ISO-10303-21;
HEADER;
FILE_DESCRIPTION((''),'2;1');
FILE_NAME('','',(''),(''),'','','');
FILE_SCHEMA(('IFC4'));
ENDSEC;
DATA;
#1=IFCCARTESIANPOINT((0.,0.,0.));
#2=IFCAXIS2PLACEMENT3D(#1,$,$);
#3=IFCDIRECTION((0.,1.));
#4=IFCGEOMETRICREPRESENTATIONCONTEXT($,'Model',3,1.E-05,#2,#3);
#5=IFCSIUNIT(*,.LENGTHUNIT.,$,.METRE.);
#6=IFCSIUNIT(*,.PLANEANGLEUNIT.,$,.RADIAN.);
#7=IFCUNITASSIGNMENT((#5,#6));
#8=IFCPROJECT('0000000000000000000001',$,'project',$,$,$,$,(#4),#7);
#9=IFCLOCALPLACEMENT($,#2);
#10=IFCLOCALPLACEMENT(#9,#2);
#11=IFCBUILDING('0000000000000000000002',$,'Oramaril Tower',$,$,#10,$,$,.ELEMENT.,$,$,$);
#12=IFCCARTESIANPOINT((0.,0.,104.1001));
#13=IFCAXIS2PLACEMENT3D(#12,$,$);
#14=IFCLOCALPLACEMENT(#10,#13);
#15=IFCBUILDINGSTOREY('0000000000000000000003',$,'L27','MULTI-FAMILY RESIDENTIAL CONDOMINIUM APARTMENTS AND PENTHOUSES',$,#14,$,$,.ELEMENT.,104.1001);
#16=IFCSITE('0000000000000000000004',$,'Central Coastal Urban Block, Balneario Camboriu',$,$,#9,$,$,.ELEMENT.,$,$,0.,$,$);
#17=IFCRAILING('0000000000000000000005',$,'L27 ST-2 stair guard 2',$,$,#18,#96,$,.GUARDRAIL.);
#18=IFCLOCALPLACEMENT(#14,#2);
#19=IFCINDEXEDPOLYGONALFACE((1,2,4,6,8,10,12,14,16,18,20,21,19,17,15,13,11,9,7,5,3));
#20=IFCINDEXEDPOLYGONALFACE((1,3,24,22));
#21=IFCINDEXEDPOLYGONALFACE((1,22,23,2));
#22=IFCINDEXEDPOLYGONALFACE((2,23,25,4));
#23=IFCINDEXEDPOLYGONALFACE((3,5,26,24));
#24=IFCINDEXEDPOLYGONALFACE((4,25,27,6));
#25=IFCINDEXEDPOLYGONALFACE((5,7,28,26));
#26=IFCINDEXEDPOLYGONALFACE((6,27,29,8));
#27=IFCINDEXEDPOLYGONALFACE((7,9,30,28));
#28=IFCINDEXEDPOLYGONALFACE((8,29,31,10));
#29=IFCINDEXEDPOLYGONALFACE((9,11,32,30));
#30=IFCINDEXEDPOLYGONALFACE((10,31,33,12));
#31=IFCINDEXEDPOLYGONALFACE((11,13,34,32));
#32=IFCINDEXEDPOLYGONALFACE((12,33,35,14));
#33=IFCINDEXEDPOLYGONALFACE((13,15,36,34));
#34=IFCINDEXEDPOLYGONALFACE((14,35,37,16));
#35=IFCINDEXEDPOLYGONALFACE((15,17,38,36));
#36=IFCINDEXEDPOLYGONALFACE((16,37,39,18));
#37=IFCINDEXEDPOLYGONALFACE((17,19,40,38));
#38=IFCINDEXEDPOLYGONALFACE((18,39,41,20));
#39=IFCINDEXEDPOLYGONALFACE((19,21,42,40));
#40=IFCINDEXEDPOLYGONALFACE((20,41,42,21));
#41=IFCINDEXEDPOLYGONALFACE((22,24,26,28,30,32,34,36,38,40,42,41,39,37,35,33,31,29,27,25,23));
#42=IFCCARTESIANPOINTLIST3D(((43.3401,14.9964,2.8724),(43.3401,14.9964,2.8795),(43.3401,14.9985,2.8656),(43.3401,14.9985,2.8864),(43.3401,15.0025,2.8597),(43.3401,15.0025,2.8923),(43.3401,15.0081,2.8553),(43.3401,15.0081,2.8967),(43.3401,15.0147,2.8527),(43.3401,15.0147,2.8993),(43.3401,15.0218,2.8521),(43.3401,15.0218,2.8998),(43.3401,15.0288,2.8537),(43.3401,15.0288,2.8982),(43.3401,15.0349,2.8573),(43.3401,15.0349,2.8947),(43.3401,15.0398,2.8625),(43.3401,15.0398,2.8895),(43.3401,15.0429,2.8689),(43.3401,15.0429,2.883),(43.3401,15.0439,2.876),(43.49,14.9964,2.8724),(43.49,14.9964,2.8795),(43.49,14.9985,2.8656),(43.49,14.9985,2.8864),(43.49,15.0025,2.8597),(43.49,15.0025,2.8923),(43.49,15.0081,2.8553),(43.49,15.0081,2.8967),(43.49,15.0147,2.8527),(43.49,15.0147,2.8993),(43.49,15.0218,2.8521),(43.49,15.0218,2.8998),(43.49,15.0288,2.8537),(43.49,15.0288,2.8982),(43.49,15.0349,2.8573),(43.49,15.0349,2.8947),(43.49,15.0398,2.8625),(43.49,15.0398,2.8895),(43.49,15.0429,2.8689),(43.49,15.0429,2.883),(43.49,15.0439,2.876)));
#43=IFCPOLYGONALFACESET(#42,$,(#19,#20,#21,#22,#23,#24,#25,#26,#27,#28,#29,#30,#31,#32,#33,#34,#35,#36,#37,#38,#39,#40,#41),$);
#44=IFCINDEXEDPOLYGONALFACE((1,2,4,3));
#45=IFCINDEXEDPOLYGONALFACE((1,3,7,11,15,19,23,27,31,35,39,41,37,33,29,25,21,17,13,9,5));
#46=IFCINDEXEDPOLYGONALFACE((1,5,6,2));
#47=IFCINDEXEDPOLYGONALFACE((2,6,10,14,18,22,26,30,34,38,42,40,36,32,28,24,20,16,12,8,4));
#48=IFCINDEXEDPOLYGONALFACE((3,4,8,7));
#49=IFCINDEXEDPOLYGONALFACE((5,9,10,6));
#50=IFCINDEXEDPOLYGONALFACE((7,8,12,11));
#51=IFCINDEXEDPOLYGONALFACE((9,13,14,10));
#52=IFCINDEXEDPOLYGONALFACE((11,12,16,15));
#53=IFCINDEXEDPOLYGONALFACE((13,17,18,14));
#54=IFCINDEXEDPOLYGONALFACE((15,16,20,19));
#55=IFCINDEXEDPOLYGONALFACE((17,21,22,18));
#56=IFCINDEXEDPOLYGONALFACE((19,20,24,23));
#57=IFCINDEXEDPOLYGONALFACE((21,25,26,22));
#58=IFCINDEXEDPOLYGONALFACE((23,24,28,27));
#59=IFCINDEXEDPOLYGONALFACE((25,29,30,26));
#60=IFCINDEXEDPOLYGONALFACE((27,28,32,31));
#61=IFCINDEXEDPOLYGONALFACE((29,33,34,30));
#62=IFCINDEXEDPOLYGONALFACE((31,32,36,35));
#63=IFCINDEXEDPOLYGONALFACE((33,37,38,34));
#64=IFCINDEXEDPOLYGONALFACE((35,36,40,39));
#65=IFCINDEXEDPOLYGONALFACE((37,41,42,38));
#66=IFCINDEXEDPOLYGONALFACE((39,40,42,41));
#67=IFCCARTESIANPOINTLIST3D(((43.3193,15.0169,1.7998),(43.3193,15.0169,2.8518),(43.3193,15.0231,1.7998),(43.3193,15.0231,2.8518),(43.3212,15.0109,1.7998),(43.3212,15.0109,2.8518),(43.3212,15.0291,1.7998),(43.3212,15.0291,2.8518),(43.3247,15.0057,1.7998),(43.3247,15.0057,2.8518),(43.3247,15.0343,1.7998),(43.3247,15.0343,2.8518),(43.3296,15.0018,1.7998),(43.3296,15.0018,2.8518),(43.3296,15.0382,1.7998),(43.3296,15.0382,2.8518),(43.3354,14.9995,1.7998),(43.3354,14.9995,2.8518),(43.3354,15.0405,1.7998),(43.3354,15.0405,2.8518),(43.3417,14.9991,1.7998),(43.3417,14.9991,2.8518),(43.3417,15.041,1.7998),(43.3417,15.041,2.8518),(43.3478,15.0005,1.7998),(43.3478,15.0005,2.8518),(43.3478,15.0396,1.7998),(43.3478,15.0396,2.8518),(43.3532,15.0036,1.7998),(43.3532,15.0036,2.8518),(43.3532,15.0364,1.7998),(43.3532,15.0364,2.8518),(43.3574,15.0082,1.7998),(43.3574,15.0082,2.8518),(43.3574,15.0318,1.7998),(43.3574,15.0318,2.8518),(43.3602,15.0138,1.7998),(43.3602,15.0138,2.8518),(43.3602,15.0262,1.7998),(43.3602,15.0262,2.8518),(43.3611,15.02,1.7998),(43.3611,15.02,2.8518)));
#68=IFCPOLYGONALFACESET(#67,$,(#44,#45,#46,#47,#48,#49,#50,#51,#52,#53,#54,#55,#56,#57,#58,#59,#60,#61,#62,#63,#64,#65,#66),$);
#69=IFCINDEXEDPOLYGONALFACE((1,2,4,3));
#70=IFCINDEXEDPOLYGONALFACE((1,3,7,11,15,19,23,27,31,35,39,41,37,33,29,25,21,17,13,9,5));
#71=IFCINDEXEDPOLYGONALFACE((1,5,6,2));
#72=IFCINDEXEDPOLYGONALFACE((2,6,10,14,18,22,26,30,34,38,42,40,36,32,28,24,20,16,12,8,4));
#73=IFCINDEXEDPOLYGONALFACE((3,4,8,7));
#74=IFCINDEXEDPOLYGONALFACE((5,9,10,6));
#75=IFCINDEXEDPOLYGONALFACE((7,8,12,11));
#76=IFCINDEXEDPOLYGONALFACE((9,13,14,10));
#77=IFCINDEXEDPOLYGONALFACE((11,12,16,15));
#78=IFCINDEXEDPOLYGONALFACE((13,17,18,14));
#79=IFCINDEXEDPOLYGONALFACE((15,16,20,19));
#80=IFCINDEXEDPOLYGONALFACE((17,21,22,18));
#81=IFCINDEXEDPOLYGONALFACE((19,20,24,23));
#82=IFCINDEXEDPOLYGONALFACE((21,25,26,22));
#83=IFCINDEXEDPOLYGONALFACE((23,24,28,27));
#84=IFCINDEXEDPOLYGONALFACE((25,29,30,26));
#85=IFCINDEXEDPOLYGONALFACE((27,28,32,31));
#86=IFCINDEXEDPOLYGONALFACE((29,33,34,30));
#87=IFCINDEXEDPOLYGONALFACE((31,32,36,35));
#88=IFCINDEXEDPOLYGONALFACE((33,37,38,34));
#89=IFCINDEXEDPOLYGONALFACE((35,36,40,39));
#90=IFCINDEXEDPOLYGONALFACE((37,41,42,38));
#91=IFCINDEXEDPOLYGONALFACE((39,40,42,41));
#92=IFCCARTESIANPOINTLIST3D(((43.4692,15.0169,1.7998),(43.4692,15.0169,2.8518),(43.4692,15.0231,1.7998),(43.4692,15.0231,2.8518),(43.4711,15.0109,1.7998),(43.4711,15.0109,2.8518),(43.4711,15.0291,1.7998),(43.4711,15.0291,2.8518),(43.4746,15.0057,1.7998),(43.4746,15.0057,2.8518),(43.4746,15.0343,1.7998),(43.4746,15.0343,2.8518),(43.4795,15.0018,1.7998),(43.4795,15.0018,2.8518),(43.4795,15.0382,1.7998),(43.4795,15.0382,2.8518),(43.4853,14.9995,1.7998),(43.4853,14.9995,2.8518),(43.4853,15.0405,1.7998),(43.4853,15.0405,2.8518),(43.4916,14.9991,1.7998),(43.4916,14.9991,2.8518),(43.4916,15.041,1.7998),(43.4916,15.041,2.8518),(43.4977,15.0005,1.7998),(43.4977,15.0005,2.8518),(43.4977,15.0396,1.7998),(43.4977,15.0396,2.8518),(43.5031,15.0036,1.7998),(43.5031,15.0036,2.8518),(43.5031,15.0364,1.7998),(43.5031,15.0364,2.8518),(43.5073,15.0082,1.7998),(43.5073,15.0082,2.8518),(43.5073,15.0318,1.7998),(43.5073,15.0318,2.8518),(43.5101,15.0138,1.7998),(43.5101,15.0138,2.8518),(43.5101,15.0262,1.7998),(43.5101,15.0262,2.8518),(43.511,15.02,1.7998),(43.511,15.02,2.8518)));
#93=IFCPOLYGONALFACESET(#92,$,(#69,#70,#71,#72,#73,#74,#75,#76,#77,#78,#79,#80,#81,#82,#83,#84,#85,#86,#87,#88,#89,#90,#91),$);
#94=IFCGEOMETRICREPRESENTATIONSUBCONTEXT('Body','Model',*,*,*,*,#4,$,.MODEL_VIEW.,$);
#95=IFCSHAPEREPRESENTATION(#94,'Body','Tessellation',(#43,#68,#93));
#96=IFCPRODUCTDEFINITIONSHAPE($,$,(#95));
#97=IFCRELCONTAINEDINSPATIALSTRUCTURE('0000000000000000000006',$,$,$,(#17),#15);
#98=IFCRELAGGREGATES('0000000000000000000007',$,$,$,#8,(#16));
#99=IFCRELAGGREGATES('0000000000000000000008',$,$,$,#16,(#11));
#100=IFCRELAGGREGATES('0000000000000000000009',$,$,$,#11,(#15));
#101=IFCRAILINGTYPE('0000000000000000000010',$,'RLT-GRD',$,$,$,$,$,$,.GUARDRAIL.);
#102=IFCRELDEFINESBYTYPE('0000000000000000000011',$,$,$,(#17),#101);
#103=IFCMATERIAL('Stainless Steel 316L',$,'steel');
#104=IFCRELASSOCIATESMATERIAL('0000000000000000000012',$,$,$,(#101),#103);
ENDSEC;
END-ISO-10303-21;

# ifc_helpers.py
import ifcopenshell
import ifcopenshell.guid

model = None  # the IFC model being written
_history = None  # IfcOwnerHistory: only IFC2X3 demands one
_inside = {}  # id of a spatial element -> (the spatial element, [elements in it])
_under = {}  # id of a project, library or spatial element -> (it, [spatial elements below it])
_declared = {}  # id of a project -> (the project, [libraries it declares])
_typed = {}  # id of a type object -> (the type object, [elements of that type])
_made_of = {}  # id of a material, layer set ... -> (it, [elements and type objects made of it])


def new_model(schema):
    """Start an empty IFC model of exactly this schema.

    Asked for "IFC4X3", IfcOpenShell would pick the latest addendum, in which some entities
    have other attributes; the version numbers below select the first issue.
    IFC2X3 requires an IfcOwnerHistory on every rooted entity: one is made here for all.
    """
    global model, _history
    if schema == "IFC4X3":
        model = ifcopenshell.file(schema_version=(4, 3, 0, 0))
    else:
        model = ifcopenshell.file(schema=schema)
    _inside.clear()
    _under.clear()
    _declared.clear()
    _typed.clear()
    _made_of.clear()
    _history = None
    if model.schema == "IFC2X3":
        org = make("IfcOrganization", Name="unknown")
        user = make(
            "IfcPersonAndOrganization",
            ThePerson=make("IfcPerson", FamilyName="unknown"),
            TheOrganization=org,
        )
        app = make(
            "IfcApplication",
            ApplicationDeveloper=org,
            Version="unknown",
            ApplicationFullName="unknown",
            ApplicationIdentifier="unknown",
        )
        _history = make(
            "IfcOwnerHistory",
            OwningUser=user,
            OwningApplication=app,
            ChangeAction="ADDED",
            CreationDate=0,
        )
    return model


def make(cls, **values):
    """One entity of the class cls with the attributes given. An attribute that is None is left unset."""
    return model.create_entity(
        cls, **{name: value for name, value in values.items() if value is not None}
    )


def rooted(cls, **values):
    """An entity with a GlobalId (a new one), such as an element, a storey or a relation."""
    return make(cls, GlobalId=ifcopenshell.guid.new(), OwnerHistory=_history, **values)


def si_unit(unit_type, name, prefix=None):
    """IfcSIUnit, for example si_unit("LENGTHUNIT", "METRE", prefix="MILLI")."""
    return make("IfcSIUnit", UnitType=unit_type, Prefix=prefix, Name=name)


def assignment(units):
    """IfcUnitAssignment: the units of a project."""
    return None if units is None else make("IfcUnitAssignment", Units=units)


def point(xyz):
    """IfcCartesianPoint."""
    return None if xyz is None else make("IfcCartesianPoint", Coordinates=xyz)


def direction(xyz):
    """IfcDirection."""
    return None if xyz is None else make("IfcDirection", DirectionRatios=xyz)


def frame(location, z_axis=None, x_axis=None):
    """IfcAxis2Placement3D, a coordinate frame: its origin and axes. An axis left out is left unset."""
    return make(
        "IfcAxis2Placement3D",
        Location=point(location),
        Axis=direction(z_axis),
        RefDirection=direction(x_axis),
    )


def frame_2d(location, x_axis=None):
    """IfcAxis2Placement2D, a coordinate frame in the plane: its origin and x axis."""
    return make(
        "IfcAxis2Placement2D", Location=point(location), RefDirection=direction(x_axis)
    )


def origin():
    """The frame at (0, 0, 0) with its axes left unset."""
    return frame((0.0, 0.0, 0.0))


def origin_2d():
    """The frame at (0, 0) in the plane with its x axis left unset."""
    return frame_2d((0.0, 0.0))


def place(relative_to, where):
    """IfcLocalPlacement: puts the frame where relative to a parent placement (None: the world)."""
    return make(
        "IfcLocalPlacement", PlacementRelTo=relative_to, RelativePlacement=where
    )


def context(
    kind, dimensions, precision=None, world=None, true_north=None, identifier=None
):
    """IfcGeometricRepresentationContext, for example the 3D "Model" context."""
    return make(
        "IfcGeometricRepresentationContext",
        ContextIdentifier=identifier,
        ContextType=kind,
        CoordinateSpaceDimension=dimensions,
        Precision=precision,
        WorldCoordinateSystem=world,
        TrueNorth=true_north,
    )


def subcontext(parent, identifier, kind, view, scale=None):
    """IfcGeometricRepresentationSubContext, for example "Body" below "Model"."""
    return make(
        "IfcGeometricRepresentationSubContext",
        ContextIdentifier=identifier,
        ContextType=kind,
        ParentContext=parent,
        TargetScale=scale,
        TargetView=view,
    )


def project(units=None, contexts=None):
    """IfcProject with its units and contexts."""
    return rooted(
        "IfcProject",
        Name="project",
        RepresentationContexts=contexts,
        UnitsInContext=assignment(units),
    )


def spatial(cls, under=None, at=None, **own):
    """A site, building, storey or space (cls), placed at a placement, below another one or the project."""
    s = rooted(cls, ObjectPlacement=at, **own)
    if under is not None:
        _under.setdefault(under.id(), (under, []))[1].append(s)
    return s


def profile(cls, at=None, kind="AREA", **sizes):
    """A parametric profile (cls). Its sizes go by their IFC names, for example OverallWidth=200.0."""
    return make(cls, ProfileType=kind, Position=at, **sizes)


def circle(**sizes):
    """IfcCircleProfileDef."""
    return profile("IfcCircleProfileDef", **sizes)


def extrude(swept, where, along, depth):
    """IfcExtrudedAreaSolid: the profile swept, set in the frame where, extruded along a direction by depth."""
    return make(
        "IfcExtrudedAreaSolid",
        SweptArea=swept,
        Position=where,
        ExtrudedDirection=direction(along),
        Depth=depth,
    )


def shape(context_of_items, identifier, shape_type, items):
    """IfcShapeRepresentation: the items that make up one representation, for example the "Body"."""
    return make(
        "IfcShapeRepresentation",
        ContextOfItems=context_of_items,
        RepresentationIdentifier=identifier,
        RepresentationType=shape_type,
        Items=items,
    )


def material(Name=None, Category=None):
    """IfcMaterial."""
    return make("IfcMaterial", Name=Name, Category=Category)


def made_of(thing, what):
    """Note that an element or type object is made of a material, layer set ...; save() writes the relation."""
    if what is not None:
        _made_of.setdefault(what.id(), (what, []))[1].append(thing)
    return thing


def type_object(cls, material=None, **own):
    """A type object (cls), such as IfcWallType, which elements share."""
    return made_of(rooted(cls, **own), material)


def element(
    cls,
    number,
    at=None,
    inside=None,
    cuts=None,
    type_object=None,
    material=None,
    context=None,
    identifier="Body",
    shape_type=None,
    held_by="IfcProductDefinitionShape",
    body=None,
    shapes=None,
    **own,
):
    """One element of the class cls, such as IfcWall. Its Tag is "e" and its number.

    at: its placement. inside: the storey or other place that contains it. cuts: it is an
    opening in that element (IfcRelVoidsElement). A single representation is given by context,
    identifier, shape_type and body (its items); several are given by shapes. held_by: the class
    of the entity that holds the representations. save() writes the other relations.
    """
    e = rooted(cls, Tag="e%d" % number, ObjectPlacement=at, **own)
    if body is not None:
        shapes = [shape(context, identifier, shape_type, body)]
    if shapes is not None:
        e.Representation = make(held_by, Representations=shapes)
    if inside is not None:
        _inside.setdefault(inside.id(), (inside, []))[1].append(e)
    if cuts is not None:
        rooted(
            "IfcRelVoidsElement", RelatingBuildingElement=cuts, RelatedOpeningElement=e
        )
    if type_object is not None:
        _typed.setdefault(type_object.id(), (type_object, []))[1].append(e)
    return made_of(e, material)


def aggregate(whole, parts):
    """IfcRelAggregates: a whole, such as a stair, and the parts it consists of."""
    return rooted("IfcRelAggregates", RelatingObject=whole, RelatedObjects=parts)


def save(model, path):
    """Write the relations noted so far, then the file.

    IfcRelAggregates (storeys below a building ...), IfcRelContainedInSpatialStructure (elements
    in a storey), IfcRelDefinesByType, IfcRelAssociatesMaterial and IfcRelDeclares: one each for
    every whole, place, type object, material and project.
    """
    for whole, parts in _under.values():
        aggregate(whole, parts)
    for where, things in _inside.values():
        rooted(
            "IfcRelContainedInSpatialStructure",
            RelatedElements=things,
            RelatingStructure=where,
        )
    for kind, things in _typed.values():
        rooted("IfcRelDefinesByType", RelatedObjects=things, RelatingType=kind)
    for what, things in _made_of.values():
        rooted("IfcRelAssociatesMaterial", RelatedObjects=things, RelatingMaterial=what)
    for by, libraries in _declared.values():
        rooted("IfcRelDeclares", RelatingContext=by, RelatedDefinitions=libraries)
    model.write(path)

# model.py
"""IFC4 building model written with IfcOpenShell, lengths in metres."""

from ifc_helpers import new_model, si_unit, direction, frame, origin, origin_2d, place, context, subcontext, project, spatial, circle, extrude, material, type_object, element, save


model = new_model("IFC4")

# Units and contexts
model_context = context("Model", 3, precision=1e-05, world=origin(), true_north=direction((0.0, 1.0)))
body_context = subcontext(model_context, "Body", "Model", "MODEL_VIEW")
ifc_project = project(units=[si_unit("LENGTHUNIT", "METRE"), si_unit("PLANEANGLEUNIT", "RADIAN")], contexts=[model_context])

# Site, building, storey
site_placement = place(None, origin())
site = spatial("IfcSite", under=ifc_project, at=site_placement, Name="Central Coastal Urban Block, Balneario Camboriu", CompositionType="ELEMENT", RefElevation=0.0)
building_placement = place(site_placement, origin())
building = spatial("IfcBuilding", under=site, at=building_placement, Name="Oramaril Tower", CompositionType="ELEMENT")
storey_placement = place(building_placement, frame((0.0, 0.0, 104.1001)))
storey = spatial("IfcBuildingStorey", under=building, at=storey_placement, Name="L27", Description="MULTI-FAMILY RESIDENTIAL CONDOMINIUM APARTMENTS AND PENTHOUSES", CompositionType="ELEMENT", Elevation=104.1001)

# Railing
ifc_material_1 = material(Name="Stainless Steel 316L", Category="steel")
railing_type_1 = type_object("IfcRailingType", Name="RLT-GRD", PredefinedType="GUARDRAIL", material=ifc_material_1)
railing_1_placement = place(storey_placement, frame((43.3401, 15.02, 1.7998)))
element("IfcRailing", 1, at=railing_1_placement, inside=storey, type_object=railing_type_1, Name="L27 ST-2 stair guard 2", PredefinedType="GUARDRAIL", context=body_context, shape_type="SweptSolid", body=[
    extrude(circle(Radius=0.0239, at=origin_2d()), frame((0.0, 0.0, 1.0762), z_axis=(1.0, 0.0, 0.0), x_axis=(0.0, 1.0, 0.0)), (0.0, 0.0, 1.0), 0.1499),
    extrude(circle(Radius=0.021, at=origin_2d()), origin(), (0.0, 0.0, 1.0), 1.052),
    extrude(circle(Radius=0.021, at=origin_2d()), frame((0.1499, 0.0, 0.0)), (0.0, 0.0, 1.0), 1.052),
])

save(model, "model.ifc")
